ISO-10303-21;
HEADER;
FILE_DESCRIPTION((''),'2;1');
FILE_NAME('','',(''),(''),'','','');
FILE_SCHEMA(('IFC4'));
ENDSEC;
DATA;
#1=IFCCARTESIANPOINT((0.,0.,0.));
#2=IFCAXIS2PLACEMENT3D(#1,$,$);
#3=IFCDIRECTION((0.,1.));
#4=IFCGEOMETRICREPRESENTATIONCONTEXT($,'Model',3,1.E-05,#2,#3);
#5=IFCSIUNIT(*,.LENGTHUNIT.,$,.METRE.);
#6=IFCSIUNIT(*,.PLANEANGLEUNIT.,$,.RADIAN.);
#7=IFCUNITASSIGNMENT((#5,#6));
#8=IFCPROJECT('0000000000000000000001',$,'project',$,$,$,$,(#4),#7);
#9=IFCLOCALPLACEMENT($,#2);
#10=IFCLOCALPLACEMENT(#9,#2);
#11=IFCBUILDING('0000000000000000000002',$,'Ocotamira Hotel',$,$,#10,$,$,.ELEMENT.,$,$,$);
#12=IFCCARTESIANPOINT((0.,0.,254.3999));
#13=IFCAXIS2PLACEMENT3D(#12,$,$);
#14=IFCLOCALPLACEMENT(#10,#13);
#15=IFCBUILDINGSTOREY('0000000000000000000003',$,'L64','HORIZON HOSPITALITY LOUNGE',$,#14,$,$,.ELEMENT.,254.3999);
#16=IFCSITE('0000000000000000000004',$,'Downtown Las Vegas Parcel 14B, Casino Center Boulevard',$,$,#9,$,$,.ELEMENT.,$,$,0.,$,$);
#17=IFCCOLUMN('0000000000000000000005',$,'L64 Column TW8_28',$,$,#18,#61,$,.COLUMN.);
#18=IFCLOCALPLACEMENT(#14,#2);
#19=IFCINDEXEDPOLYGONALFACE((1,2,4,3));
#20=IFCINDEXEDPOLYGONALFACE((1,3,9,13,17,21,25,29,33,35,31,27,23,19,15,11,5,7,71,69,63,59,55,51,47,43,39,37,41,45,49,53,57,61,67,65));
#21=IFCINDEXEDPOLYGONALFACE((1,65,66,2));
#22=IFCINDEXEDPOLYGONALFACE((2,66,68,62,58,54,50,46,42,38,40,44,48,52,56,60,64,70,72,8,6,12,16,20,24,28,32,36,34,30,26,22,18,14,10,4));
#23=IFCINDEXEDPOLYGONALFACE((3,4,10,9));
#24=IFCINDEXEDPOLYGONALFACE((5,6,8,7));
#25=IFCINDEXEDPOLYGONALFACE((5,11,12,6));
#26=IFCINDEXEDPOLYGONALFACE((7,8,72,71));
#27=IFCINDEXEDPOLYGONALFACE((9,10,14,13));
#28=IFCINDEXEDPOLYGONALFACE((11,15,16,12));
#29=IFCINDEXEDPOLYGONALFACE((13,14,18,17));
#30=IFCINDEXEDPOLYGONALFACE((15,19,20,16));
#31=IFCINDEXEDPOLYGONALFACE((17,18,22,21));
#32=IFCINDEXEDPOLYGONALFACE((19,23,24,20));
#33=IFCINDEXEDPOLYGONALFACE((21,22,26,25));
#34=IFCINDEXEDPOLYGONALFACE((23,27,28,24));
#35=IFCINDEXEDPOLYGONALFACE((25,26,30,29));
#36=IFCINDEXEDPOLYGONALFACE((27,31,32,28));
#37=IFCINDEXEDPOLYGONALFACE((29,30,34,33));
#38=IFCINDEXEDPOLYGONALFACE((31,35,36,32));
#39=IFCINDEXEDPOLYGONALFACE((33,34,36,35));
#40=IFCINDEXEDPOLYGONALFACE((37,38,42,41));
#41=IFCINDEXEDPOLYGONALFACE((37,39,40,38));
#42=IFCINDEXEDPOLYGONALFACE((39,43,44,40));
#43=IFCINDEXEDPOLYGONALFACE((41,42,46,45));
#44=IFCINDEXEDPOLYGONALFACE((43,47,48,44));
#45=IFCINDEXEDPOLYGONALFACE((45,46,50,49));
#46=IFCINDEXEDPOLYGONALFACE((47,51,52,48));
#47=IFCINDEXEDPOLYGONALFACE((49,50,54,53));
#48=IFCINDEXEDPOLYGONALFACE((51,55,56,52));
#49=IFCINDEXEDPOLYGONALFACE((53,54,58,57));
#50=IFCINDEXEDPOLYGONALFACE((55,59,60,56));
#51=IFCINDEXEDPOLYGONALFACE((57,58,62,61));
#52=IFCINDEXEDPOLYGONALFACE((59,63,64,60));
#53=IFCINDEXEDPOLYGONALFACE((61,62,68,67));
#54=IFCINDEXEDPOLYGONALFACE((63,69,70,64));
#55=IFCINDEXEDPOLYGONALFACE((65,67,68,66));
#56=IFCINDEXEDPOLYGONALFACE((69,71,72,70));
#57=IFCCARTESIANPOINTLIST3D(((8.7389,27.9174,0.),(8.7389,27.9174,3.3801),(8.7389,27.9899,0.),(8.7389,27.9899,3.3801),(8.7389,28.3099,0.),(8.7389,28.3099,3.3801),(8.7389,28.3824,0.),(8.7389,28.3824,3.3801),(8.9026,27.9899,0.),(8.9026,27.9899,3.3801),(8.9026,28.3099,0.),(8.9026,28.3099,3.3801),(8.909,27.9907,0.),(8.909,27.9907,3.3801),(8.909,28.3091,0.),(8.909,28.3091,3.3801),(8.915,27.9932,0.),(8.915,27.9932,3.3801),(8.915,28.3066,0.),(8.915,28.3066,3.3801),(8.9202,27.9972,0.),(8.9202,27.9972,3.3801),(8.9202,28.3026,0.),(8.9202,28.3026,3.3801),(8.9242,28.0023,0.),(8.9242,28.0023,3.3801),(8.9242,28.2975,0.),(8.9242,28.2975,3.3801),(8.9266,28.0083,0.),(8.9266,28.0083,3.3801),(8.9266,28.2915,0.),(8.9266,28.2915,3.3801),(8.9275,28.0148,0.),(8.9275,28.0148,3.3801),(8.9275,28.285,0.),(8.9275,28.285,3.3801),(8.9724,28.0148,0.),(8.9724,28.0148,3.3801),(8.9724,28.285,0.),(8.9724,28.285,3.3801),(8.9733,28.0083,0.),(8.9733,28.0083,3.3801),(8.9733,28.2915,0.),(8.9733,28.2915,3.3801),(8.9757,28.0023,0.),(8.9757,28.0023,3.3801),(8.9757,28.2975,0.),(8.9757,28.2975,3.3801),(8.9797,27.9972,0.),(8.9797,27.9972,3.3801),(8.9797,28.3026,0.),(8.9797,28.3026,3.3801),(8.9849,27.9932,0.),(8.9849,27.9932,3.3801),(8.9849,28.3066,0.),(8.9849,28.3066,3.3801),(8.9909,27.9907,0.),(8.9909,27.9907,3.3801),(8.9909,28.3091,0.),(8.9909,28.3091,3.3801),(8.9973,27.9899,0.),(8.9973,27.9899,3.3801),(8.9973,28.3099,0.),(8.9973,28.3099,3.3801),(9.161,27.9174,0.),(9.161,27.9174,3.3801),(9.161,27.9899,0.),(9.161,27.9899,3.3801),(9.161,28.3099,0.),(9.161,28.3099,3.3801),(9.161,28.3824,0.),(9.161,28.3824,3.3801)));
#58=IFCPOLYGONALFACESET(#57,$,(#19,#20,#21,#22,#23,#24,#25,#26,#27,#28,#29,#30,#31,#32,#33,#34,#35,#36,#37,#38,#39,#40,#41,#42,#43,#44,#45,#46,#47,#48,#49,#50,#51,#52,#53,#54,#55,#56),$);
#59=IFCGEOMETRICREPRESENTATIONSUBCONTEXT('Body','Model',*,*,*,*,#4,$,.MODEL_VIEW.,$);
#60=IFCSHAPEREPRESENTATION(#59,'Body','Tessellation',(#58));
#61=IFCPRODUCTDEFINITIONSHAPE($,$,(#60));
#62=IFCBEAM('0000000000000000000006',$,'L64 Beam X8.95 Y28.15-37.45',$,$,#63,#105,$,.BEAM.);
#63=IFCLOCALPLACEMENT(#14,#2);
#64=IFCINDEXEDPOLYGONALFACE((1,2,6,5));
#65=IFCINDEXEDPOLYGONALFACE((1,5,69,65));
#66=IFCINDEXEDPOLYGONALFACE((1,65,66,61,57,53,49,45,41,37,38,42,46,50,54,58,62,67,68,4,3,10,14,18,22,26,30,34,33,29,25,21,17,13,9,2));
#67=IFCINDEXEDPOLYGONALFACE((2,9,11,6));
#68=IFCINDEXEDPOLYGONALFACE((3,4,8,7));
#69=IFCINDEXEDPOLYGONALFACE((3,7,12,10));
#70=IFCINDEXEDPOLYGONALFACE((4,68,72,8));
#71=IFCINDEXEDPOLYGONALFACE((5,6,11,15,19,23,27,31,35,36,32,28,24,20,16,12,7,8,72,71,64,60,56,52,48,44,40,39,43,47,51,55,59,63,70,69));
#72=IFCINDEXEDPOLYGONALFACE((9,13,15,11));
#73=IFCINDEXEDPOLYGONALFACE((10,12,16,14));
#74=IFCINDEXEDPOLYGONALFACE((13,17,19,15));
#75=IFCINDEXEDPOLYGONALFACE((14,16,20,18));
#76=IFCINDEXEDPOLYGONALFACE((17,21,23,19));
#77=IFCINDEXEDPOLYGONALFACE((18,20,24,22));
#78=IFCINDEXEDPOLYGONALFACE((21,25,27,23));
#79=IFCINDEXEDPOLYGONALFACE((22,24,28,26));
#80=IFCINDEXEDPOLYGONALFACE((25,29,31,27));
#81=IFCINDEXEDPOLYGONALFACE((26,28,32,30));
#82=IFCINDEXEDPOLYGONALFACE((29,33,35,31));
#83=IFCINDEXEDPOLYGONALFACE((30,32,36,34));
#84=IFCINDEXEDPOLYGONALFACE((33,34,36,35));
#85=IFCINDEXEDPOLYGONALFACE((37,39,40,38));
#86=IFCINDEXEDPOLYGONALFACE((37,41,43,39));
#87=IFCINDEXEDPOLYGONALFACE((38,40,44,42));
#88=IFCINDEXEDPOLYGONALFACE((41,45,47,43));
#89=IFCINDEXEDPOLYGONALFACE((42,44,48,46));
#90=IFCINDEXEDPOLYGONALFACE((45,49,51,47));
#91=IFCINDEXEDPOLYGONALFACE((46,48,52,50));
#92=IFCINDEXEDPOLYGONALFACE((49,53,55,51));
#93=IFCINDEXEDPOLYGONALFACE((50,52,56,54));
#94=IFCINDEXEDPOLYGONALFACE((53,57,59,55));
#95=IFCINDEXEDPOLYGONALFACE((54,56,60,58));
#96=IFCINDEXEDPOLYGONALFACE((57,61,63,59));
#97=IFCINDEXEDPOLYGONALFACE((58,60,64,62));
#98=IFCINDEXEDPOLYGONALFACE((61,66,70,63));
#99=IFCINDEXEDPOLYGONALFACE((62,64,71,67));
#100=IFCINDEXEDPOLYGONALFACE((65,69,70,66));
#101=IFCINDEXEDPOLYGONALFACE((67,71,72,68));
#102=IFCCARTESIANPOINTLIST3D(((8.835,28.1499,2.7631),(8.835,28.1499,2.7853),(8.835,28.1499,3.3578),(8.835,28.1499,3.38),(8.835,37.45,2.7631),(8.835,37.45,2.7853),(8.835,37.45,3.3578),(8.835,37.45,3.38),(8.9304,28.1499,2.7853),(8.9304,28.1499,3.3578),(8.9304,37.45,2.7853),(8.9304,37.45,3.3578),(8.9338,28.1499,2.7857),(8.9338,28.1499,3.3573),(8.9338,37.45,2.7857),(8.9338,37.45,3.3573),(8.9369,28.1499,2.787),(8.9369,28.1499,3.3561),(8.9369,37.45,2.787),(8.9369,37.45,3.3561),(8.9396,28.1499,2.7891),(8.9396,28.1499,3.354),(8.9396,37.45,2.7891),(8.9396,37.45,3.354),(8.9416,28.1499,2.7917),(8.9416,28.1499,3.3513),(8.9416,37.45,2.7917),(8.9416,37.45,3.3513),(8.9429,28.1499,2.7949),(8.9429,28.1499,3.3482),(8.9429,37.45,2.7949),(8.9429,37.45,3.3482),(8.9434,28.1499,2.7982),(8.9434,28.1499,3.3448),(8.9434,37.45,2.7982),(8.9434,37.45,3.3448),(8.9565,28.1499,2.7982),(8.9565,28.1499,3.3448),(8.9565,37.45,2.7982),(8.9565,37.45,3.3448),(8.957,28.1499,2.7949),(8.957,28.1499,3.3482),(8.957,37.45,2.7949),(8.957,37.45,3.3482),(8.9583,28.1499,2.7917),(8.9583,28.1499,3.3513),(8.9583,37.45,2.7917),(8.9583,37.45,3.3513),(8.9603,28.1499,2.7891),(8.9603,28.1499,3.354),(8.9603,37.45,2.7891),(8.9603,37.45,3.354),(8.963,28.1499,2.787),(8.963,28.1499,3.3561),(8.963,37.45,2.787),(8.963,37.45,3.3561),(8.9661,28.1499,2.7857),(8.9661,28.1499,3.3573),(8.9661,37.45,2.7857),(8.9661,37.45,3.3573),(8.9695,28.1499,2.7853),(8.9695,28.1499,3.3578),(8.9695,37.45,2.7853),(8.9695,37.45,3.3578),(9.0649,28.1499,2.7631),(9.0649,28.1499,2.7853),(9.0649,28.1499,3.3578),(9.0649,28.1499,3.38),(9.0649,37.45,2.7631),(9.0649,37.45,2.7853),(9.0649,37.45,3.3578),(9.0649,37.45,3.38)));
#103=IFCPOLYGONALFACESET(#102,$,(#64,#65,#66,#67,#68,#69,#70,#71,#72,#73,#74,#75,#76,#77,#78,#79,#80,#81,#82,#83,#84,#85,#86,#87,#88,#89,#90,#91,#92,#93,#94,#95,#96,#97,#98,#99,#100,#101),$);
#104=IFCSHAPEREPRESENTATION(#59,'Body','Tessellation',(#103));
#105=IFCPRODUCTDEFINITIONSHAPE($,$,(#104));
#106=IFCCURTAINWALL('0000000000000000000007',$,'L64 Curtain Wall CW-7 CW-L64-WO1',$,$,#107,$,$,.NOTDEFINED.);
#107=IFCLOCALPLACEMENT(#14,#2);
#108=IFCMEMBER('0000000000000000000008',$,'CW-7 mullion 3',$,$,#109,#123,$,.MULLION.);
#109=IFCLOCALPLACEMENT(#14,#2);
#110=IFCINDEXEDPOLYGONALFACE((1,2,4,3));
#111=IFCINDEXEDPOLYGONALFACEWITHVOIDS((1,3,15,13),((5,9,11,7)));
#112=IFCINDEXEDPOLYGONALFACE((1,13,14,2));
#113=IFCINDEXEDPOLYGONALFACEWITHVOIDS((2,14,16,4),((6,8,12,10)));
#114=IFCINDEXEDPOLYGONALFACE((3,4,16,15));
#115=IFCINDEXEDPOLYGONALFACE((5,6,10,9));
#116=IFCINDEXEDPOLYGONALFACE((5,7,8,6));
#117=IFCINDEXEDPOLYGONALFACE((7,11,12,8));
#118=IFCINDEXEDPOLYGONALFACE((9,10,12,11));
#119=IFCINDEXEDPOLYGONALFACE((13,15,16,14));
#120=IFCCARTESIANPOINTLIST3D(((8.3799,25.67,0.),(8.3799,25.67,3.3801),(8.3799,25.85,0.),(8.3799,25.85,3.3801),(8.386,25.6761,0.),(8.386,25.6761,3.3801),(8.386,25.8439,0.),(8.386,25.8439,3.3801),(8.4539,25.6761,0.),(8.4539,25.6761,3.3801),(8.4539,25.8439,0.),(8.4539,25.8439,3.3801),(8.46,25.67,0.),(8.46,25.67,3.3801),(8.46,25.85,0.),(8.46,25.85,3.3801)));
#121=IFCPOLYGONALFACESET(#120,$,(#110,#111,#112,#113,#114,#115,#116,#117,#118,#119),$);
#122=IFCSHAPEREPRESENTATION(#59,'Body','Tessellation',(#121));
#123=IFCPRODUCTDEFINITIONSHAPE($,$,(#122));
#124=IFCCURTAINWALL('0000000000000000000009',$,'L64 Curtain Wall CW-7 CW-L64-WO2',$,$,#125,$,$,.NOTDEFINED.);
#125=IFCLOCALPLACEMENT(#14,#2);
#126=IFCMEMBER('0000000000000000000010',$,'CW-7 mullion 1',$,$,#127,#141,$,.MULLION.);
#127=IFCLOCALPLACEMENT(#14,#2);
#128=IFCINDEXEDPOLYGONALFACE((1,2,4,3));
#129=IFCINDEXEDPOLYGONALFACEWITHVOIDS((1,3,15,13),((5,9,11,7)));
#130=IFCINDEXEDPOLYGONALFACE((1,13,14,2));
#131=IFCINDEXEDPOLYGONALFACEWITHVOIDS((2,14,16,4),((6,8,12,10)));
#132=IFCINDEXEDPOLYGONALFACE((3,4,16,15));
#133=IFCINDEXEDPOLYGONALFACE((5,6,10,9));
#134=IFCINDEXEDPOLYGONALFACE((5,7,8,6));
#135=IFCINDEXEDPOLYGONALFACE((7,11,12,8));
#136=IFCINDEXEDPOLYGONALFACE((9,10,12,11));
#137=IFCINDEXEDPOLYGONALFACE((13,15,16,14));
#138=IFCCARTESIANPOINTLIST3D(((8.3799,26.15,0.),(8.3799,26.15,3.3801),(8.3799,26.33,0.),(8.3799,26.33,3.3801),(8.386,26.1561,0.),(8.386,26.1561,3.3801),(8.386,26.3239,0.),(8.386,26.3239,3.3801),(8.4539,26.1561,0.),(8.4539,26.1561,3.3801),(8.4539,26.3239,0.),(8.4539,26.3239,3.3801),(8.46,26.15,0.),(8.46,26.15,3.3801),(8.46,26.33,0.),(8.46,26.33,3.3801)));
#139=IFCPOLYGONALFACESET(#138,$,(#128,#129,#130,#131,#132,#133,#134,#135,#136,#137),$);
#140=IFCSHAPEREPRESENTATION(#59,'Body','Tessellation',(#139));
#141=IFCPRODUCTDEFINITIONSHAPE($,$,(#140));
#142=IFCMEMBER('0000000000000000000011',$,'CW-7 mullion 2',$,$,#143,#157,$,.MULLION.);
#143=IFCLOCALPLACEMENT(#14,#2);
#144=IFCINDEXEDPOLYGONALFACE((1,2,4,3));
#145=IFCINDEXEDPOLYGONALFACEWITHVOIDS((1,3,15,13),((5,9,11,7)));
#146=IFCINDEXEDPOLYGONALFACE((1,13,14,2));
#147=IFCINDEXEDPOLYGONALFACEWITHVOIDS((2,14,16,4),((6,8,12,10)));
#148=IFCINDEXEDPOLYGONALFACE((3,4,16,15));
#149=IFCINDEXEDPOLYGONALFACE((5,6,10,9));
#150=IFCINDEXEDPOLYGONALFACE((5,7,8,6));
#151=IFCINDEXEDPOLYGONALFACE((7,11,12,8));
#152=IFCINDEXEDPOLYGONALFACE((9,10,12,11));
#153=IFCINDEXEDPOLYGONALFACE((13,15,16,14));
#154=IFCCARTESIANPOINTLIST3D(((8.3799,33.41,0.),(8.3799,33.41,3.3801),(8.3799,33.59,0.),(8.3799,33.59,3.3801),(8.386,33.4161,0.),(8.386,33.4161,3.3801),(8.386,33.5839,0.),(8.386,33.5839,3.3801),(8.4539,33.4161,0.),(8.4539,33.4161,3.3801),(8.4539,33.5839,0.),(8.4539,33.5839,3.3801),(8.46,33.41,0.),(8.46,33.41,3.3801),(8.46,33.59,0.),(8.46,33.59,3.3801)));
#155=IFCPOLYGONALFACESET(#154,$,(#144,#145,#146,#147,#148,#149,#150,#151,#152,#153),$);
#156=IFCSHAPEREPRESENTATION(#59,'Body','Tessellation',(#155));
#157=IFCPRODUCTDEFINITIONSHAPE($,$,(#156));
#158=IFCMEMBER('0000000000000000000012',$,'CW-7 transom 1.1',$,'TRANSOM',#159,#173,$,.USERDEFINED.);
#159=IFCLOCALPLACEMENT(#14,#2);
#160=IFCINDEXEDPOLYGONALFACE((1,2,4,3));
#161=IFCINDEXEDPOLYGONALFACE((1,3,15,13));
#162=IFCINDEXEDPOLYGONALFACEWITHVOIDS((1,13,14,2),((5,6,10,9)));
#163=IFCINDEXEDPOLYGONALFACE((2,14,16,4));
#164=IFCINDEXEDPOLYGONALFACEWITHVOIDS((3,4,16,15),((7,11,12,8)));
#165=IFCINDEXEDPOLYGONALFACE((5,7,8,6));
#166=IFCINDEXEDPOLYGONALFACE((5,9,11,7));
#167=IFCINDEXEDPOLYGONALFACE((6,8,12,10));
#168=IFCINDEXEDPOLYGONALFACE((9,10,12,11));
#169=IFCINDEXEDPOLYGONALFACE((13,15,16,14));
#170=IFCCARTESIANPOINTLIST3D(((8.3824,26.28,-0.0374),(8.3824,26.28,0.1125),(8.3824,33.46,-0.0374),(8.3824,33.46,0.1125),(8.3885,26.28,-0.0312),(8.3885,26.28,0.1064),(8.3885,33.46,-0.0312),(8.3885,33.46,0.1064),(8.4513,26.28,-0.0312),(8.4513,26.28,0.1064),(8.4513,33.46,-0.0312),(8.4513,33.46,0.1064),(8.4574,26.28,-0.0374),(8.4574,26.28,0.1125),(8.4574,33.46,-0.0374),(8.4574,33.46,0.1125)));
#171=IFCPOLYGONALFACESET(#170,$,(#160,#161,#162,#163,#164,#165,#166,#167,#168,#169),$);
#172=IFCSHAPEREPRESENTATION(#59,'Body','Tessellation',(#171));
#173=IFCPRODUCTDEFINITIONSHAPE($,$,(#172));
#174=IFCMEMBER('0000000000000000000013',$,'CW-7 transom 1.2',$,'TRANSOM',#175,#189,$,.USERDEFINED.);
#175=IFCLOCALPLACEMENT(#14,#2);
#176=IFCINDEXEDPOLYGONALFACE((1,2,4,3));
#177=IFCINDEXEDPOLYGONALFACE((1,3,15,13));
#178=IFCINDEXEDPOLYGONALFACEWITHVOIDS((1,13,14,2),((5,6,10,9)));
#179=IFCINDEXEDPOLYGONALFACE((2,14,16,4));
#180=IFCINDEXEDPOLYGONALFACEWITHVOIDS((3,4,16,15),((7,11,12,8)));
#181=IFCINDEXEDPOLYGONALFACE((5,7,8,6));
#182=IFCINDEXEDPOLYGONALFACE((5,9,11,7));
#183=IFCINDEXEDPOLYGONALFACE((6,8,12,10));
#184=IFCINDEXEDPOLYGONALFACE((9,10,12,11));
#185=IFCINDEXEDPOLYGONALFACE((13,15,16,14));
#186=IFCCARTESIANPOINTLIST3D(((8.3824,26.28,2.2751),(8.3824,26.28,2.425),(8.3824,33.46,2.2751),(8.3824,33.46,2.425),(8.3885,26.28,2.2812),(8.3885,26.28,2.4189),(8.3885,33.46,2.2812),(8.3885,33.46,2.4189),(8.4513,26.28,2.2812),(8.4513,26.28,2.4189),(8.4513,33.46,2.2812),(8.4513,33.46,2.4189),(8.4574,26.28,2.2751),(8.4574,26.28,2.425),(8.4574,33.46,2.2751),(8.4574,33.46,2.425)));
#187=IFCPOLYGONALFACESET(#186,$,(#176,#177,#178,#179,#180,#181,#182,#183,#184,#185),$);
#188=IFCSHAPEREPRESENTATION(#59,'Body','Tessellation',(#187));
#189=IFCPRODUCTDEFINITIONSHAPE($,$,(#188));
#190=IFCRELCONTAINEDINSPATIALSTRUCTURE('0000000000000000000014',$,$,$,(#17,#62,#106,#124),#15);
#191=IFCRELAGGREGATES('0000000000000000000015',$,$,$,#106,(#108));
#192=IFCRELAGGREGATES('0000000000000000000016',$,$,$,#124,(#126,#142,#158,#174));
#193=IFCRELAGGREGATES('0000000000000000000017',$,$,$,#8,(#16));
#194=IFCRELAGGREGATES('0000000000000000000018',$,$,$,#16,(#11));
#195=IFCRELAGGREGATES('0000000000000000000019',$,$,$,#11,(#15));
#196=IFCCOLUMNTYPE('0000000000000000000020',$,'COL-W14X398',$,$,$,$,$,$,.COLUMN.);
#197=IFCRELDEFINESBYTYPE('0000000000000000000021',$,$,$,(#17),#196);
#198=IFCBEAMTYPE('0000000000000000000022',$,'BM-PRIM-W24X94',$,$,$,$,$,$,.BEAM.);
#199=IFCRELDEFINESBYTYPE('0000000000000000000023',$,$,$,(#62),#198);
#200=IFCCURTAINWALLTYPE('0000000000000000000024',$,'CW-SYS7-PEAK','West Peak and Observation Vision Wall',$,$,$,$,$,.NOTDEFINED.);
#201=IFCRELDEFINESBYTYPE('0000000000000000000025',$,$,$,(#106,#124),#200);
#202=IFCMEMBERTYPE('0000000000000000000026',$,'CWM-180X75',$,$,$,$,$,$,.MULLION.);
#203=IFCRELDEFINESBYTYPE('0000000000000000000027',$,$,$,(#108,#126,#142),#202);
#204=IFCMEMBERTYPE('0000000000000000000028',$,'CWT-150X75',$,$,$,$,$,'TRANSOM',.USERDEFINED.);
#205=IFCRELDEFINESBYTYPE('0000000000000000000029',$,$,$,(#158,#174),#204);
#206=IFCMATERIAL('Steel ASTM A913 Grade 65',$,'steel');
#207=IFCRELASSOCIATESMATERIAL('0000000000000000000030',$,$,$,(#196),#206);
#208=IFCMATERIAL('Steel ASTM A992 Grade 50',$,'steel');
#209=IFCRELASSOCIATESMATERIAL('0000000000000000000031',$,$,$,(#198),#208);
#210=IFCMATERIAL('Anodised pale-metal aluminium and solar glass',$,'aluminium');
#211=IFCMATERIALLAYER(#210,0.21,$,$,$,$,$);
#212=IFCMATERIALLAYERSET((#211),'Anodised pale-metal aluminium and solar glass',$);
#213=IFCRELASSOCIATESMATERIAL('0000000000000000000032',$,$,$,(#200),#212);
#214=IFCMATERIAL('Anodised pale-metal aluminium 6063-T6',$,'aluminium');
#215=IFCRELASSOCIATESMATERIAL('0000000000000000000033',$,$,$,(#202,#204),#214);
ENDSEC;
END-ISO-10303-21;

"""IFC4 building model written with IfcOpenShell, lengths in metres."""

from ifc_helpers import new_model, si_unit, direction, frame, origin, origin_2d, place, context, subcontext, project, spatial, hollow_rectangle, i_section, extrude, source, transform, mapped, material, layer, layer_set, material_profile, profile_set, type_object, element, aggregate, save


model = new_model("IFC4")

# Units and contexts
model_context = context("Model", 3, precision=1e-05, world=origin(), true_north=direction((0.0, 1.0)))
body_context = subcontext(model_context, "Body", "Model", "MODEL_VIEW")
ifc_project = project(units=[si_unit("LENGTHUNIT", "METRE"), si_unit("PLANEANGLEUNIT", "RADIAN")], contexts=[model_context])

# Site, building, storey
site_placement = place(None, origin())
site = spatial("IfcSite", under=ifc_project, at=site_placement, Name="Downtown Las Vegas Parcel 14B, Casino Center Boulevard", CompositionType="ELEMENT", RefElevation=0.0)
building_placement = place(site_placement, origin())
building = spatial("IfcBuilding", under=site, at=building_placement, Name="Ocotamira Hotel", CompositionType="ELEMENT")
storey_placement = place(building_placement, frame((0.0, 0.0, 254.3999)))
storey = spatial("IfcBuildingStorey", under=building, at=storey_placement, Name="L64", Description="HORIZON HOSPITALITY LOUNGE", CompositionType="ELEMENT", Elevation=254.3999)

# Column
ifc_material_1 = material(Name="Steel ASTM A913 Grade 65", Category="steel")
ifc_material_profile_1 = material_profile(ifc_material_1, i_section(OverallWidth=0.4221, OverallDepth=0.4651, WebThickness=0.0449, FlangeThickness=0.0725, FilletRadius=0.0249, at=origin_2d()), Name="W14X398")
ifc_profile_set_1 = profile_set([ifc_material_profile_1], Name="Steel ASTM A913 Grade 65")
column_type = type_object("IfcColumnType", Name="COL-W14X398", PredefinedType="COLUMN", material=ifc_profile_set_1)
shared_shape_1 = source(origin(), body_context, "Body", "SweptSolid", [
    extrude(i_section(OverallWidth=0.4221, OverallDepth=0.4651, WebThickness=0.0449, FlangeThickness=0.0725, FilletRadius=0.0249, at=origin_2d()), origin(), (0.0, 0.0, 1.0), 3.3801),
])
column_placement = place(storey_placement, frame((8.95, 28.1499, 0.0), z_axis=(0.0, 0.0, 1.0), x_axis=(1.0, 0.0, 0.0)))
element("IfcColumn", 1, at=column_placement, inside=storey, type_object=column_type, Name="L64 Column TW8_28", PredefinedType="COLUMN", context=body_context, shape_type="MappedRepresentation", body=[
    mapped(shared_shape_1, transform((0.0, 0.0, 0.0), scale=1.0)),
])

# Beam
ifc_material_2 = material(Name="Steel ASTM A992 Grade 50", Category="steel")
ifc_material_profile_2 = material_profile(ifc_material_2, i_section(OverallWidth=0.23, OverallDepth=0.6169, WebThickness=0.0132, FlangeThickness=0.0222, FilletRadius=0.0129, at=origin_2d()), Name="W24X94")
ifc_profile_set_2 = profile_set([ifc_material_profile_2], Name="Steel ASTM A992 Grade 50")
beam_type = type_object("IfcBeamType", Name="BM-PRIM-W24X94", PredefinedType="BEAM", material=ifc_profile_set_2)
shared_shape_2 = source(origin(), body_context, "Body", "SweptSolid", [
    extrude(i_section(OverallWidth=0.23, OverallDepth=0.6169, WebThickness=0.0132, FlangeThickness=0.0222, FilletRadius=0.0129, at=origin_2d()), origin(), (0.0, 0.0, 1.0), 9.3),
])
beam_placement = place(storey_placement, frame((8.95, 28.1499, 3.0715), z_axis=(0.0, 1.0, 0.0), x_axis=(-1.0, 0.0, 0.0)))
element("IfcBeam", 2, at=beam_placement, inside=storey, type_object=beam_type, Name="L64 Beam X8.95 Y28.15-37.45", PredefinedType="BEAM", context=body_context, shape_type="MappedRepresentation", body=[
    mapped(shared_shape_2, transform((0.0, 0.0, 0.0), scale=1.0)),
])

# Curtain wall, member
ifc_material_3 = material(Name="Anodised pale-metal aluminium and solar glass", Category="aluminium")
ifc_layer_1 = layer(ifc_material_3, 0.21)
ifc_layer_set_1 = layer_set([ifc_layer_1], Name="Anodised pale-metal aluminium and solar glass")
curtain_wall_type = type_object("IfcCurtainWallType", Name="CW-SYS7-PEAK", Description="West Peak and Observation Vision Wall", PredefinedType="NOTDEFINED", material=ifc_layer_set_1)
curtain_wall_1_placement = place(storey_placement, origin())
curtain_wall_1 = element("IfcCurtainWall", 3, at=curtain_wall_1_placement, inside=storey, type_object=curtain_wall_type, Name="L64 Curtain Wall CW-7 CW-L64-WO1", PredefinedType="NOTDEFINED")
ifc_material_4 = material(Name="Anodised pale-metal aluminium 6063-T6", Category="aluminium")
ifc_material_profile_3 = material_profile(ifc_material_4, hollow_rectangle(XDim=0.0801, YDim=0.1799, WallThickness=0.0061, at=origin_2d()), Name="HSS180X80X6")
ifc_profile_set_3 = profile_set([ifc_material_profile_3], Name="Anodised pale-metal aluminium 6063-T6")
member_type_1 = type_object("IfcMemberType", Name="CWM-180X75", PredefinedType="MULLION", material=ifc_profile_set_3)
shared_shape_3 = source(origin(), body_context, "Body", "SweptSolid", [
    extrude(hollow_rectangle(XDim=0.0801, YDim=0.1799, WallThickness=0.0061, at=origin_2d()), origin(), (0.0, 0.0, 1.0), 3.3801),
])
member_1_placement = place(storey_placement, frame((8.4199, 25.76, 0.0), z_axis=(0.0, 0.0, 1.0), x_axis=(-1.0, 0.0, 0.0)))
member_1 = element("IfcMember", 4, at=member_1_placement, type_object=member_type_1, Name="CW-7 mullion 3", PredefinedType="MULLION", context=body_context, shape_type="MappedRepresentation", body=[
    mapped(shared_shape_3, transform((0.0, 0.0, 0.0), scale=1.0)),
])
aggregate(curtain_wall_1, [member_1])

# Curtain wall, members
curtain_wall_2_placement = place(storey_placement, origin())
curtain_wall_2 = element("IfcCurtainWall", 5, at=curtain_wall_2_placement, inside=storey, type_object=curtain_wall_type, Name="L64 Curtain Wall CW-7 CW-L64-WO2", PredefinedType="NOTDEFINED")
member_2_placement = place(storey_placement, frame((8.4199, 26.24, 0.0), z_axis=(0.0, 0.0, 1.0), x_axis=(-1.0, 0.0, 0.0)))
member_2 = element("IfcMember", 6, at=member_2_placement, type_object=member_type_1, Name="CW-7 mullion 1", PredefinedType="MULLION", context=body_context, shape_type="MappedRepresentation", body=[
    mapped(shared_shape_3, transform((0.0, 0.0, 0.0), scale=1.0)),
])
member_3_placement = place(storey_placement, frame((8.4199, 33.5, 0.0), z_axis=(0.0, 0.0, 1.0), x_axis=(-1.0, 0.0, 0.0)))
member_3 = element("IfcMember", 7, at=member_3_placement, type_object=member_type_1, Name="CW-7 mullion 2", PredefinedType="MULLION", context=body_context, shape_type="MappedRepresentation", body=[
    mapped(shared_shape_3, transform((0.0, 0.0, 0.0), scale=1.0)),
])
ifc_material_profile_4 = material_profile(ifc_material_4, hollow_rectangle(XDim=0.075, YDim=0.1499, WallThickness=0.0061, at=origin_2d()), Name="HSS150X75X6")
ifc_profile_set_4 = profile_set([ifc_material_profile_4], Name="Anodised pale-metal aluminium 6063-T6")
member_type_2 = type_object("IfcMemberType", Name="CWT-150X75", ElementType="TRANSOM", PredefinedType="USERDEFINED", material=ifc_profile_set_4)
shared_shape_4 = source(origin(), body_context, "Body", "SweptSolid", [
    extrude(hollow_rectangle(XDim=0.075, YDim=0.1499, WallThickness=0.0061, at=origin_2d()), origin(), (0.0, 0.0, 1.0), 7.1799),
])
member_4_placement = place(storey_placement, frame((8.4199, 26.28, 0.0376), z_axis=(0.0, 1.0, 0.0), x_axis=(-1.0, 0.0, 0.0)))
member_4 = element("IfcMember", 8, at=member_4_placement, type_object=member_type_2, Name="CW-7 transom 1.1", ObjectType="TRANSOM", PredefinedType="USERDEFINED", context=body_context, shape_type="MappedRepresentation", body=[
    mapped(shared_shape_4, transform((0.0, 0.0, 0.0), scale=1.0)),
])
member_5_placement = place(storey_placement, frame((8.4199, 26.28, 2.3501), z_axis=(0.0, 1.0, 0.0), x_axis=(-1.0, 0.0, 0.0)))
member_5 = element("IfcMember", 9, at=member_5_placement, type_object=member_type_2, Name="CW-7 transom 1.2", ObjectType="TRANSOM", PredefinedType="USERDEFINED", context=body_context, shape_type="MappedRepresentation", body=[
    mapped(shared_shape_4, transform((0.0, 0.0, 0.0), scale=1.0)),
])
aggregate(curtain_wall_2, [member_2, member_3, member_4, member_5])

save(model, "model.ifc")
